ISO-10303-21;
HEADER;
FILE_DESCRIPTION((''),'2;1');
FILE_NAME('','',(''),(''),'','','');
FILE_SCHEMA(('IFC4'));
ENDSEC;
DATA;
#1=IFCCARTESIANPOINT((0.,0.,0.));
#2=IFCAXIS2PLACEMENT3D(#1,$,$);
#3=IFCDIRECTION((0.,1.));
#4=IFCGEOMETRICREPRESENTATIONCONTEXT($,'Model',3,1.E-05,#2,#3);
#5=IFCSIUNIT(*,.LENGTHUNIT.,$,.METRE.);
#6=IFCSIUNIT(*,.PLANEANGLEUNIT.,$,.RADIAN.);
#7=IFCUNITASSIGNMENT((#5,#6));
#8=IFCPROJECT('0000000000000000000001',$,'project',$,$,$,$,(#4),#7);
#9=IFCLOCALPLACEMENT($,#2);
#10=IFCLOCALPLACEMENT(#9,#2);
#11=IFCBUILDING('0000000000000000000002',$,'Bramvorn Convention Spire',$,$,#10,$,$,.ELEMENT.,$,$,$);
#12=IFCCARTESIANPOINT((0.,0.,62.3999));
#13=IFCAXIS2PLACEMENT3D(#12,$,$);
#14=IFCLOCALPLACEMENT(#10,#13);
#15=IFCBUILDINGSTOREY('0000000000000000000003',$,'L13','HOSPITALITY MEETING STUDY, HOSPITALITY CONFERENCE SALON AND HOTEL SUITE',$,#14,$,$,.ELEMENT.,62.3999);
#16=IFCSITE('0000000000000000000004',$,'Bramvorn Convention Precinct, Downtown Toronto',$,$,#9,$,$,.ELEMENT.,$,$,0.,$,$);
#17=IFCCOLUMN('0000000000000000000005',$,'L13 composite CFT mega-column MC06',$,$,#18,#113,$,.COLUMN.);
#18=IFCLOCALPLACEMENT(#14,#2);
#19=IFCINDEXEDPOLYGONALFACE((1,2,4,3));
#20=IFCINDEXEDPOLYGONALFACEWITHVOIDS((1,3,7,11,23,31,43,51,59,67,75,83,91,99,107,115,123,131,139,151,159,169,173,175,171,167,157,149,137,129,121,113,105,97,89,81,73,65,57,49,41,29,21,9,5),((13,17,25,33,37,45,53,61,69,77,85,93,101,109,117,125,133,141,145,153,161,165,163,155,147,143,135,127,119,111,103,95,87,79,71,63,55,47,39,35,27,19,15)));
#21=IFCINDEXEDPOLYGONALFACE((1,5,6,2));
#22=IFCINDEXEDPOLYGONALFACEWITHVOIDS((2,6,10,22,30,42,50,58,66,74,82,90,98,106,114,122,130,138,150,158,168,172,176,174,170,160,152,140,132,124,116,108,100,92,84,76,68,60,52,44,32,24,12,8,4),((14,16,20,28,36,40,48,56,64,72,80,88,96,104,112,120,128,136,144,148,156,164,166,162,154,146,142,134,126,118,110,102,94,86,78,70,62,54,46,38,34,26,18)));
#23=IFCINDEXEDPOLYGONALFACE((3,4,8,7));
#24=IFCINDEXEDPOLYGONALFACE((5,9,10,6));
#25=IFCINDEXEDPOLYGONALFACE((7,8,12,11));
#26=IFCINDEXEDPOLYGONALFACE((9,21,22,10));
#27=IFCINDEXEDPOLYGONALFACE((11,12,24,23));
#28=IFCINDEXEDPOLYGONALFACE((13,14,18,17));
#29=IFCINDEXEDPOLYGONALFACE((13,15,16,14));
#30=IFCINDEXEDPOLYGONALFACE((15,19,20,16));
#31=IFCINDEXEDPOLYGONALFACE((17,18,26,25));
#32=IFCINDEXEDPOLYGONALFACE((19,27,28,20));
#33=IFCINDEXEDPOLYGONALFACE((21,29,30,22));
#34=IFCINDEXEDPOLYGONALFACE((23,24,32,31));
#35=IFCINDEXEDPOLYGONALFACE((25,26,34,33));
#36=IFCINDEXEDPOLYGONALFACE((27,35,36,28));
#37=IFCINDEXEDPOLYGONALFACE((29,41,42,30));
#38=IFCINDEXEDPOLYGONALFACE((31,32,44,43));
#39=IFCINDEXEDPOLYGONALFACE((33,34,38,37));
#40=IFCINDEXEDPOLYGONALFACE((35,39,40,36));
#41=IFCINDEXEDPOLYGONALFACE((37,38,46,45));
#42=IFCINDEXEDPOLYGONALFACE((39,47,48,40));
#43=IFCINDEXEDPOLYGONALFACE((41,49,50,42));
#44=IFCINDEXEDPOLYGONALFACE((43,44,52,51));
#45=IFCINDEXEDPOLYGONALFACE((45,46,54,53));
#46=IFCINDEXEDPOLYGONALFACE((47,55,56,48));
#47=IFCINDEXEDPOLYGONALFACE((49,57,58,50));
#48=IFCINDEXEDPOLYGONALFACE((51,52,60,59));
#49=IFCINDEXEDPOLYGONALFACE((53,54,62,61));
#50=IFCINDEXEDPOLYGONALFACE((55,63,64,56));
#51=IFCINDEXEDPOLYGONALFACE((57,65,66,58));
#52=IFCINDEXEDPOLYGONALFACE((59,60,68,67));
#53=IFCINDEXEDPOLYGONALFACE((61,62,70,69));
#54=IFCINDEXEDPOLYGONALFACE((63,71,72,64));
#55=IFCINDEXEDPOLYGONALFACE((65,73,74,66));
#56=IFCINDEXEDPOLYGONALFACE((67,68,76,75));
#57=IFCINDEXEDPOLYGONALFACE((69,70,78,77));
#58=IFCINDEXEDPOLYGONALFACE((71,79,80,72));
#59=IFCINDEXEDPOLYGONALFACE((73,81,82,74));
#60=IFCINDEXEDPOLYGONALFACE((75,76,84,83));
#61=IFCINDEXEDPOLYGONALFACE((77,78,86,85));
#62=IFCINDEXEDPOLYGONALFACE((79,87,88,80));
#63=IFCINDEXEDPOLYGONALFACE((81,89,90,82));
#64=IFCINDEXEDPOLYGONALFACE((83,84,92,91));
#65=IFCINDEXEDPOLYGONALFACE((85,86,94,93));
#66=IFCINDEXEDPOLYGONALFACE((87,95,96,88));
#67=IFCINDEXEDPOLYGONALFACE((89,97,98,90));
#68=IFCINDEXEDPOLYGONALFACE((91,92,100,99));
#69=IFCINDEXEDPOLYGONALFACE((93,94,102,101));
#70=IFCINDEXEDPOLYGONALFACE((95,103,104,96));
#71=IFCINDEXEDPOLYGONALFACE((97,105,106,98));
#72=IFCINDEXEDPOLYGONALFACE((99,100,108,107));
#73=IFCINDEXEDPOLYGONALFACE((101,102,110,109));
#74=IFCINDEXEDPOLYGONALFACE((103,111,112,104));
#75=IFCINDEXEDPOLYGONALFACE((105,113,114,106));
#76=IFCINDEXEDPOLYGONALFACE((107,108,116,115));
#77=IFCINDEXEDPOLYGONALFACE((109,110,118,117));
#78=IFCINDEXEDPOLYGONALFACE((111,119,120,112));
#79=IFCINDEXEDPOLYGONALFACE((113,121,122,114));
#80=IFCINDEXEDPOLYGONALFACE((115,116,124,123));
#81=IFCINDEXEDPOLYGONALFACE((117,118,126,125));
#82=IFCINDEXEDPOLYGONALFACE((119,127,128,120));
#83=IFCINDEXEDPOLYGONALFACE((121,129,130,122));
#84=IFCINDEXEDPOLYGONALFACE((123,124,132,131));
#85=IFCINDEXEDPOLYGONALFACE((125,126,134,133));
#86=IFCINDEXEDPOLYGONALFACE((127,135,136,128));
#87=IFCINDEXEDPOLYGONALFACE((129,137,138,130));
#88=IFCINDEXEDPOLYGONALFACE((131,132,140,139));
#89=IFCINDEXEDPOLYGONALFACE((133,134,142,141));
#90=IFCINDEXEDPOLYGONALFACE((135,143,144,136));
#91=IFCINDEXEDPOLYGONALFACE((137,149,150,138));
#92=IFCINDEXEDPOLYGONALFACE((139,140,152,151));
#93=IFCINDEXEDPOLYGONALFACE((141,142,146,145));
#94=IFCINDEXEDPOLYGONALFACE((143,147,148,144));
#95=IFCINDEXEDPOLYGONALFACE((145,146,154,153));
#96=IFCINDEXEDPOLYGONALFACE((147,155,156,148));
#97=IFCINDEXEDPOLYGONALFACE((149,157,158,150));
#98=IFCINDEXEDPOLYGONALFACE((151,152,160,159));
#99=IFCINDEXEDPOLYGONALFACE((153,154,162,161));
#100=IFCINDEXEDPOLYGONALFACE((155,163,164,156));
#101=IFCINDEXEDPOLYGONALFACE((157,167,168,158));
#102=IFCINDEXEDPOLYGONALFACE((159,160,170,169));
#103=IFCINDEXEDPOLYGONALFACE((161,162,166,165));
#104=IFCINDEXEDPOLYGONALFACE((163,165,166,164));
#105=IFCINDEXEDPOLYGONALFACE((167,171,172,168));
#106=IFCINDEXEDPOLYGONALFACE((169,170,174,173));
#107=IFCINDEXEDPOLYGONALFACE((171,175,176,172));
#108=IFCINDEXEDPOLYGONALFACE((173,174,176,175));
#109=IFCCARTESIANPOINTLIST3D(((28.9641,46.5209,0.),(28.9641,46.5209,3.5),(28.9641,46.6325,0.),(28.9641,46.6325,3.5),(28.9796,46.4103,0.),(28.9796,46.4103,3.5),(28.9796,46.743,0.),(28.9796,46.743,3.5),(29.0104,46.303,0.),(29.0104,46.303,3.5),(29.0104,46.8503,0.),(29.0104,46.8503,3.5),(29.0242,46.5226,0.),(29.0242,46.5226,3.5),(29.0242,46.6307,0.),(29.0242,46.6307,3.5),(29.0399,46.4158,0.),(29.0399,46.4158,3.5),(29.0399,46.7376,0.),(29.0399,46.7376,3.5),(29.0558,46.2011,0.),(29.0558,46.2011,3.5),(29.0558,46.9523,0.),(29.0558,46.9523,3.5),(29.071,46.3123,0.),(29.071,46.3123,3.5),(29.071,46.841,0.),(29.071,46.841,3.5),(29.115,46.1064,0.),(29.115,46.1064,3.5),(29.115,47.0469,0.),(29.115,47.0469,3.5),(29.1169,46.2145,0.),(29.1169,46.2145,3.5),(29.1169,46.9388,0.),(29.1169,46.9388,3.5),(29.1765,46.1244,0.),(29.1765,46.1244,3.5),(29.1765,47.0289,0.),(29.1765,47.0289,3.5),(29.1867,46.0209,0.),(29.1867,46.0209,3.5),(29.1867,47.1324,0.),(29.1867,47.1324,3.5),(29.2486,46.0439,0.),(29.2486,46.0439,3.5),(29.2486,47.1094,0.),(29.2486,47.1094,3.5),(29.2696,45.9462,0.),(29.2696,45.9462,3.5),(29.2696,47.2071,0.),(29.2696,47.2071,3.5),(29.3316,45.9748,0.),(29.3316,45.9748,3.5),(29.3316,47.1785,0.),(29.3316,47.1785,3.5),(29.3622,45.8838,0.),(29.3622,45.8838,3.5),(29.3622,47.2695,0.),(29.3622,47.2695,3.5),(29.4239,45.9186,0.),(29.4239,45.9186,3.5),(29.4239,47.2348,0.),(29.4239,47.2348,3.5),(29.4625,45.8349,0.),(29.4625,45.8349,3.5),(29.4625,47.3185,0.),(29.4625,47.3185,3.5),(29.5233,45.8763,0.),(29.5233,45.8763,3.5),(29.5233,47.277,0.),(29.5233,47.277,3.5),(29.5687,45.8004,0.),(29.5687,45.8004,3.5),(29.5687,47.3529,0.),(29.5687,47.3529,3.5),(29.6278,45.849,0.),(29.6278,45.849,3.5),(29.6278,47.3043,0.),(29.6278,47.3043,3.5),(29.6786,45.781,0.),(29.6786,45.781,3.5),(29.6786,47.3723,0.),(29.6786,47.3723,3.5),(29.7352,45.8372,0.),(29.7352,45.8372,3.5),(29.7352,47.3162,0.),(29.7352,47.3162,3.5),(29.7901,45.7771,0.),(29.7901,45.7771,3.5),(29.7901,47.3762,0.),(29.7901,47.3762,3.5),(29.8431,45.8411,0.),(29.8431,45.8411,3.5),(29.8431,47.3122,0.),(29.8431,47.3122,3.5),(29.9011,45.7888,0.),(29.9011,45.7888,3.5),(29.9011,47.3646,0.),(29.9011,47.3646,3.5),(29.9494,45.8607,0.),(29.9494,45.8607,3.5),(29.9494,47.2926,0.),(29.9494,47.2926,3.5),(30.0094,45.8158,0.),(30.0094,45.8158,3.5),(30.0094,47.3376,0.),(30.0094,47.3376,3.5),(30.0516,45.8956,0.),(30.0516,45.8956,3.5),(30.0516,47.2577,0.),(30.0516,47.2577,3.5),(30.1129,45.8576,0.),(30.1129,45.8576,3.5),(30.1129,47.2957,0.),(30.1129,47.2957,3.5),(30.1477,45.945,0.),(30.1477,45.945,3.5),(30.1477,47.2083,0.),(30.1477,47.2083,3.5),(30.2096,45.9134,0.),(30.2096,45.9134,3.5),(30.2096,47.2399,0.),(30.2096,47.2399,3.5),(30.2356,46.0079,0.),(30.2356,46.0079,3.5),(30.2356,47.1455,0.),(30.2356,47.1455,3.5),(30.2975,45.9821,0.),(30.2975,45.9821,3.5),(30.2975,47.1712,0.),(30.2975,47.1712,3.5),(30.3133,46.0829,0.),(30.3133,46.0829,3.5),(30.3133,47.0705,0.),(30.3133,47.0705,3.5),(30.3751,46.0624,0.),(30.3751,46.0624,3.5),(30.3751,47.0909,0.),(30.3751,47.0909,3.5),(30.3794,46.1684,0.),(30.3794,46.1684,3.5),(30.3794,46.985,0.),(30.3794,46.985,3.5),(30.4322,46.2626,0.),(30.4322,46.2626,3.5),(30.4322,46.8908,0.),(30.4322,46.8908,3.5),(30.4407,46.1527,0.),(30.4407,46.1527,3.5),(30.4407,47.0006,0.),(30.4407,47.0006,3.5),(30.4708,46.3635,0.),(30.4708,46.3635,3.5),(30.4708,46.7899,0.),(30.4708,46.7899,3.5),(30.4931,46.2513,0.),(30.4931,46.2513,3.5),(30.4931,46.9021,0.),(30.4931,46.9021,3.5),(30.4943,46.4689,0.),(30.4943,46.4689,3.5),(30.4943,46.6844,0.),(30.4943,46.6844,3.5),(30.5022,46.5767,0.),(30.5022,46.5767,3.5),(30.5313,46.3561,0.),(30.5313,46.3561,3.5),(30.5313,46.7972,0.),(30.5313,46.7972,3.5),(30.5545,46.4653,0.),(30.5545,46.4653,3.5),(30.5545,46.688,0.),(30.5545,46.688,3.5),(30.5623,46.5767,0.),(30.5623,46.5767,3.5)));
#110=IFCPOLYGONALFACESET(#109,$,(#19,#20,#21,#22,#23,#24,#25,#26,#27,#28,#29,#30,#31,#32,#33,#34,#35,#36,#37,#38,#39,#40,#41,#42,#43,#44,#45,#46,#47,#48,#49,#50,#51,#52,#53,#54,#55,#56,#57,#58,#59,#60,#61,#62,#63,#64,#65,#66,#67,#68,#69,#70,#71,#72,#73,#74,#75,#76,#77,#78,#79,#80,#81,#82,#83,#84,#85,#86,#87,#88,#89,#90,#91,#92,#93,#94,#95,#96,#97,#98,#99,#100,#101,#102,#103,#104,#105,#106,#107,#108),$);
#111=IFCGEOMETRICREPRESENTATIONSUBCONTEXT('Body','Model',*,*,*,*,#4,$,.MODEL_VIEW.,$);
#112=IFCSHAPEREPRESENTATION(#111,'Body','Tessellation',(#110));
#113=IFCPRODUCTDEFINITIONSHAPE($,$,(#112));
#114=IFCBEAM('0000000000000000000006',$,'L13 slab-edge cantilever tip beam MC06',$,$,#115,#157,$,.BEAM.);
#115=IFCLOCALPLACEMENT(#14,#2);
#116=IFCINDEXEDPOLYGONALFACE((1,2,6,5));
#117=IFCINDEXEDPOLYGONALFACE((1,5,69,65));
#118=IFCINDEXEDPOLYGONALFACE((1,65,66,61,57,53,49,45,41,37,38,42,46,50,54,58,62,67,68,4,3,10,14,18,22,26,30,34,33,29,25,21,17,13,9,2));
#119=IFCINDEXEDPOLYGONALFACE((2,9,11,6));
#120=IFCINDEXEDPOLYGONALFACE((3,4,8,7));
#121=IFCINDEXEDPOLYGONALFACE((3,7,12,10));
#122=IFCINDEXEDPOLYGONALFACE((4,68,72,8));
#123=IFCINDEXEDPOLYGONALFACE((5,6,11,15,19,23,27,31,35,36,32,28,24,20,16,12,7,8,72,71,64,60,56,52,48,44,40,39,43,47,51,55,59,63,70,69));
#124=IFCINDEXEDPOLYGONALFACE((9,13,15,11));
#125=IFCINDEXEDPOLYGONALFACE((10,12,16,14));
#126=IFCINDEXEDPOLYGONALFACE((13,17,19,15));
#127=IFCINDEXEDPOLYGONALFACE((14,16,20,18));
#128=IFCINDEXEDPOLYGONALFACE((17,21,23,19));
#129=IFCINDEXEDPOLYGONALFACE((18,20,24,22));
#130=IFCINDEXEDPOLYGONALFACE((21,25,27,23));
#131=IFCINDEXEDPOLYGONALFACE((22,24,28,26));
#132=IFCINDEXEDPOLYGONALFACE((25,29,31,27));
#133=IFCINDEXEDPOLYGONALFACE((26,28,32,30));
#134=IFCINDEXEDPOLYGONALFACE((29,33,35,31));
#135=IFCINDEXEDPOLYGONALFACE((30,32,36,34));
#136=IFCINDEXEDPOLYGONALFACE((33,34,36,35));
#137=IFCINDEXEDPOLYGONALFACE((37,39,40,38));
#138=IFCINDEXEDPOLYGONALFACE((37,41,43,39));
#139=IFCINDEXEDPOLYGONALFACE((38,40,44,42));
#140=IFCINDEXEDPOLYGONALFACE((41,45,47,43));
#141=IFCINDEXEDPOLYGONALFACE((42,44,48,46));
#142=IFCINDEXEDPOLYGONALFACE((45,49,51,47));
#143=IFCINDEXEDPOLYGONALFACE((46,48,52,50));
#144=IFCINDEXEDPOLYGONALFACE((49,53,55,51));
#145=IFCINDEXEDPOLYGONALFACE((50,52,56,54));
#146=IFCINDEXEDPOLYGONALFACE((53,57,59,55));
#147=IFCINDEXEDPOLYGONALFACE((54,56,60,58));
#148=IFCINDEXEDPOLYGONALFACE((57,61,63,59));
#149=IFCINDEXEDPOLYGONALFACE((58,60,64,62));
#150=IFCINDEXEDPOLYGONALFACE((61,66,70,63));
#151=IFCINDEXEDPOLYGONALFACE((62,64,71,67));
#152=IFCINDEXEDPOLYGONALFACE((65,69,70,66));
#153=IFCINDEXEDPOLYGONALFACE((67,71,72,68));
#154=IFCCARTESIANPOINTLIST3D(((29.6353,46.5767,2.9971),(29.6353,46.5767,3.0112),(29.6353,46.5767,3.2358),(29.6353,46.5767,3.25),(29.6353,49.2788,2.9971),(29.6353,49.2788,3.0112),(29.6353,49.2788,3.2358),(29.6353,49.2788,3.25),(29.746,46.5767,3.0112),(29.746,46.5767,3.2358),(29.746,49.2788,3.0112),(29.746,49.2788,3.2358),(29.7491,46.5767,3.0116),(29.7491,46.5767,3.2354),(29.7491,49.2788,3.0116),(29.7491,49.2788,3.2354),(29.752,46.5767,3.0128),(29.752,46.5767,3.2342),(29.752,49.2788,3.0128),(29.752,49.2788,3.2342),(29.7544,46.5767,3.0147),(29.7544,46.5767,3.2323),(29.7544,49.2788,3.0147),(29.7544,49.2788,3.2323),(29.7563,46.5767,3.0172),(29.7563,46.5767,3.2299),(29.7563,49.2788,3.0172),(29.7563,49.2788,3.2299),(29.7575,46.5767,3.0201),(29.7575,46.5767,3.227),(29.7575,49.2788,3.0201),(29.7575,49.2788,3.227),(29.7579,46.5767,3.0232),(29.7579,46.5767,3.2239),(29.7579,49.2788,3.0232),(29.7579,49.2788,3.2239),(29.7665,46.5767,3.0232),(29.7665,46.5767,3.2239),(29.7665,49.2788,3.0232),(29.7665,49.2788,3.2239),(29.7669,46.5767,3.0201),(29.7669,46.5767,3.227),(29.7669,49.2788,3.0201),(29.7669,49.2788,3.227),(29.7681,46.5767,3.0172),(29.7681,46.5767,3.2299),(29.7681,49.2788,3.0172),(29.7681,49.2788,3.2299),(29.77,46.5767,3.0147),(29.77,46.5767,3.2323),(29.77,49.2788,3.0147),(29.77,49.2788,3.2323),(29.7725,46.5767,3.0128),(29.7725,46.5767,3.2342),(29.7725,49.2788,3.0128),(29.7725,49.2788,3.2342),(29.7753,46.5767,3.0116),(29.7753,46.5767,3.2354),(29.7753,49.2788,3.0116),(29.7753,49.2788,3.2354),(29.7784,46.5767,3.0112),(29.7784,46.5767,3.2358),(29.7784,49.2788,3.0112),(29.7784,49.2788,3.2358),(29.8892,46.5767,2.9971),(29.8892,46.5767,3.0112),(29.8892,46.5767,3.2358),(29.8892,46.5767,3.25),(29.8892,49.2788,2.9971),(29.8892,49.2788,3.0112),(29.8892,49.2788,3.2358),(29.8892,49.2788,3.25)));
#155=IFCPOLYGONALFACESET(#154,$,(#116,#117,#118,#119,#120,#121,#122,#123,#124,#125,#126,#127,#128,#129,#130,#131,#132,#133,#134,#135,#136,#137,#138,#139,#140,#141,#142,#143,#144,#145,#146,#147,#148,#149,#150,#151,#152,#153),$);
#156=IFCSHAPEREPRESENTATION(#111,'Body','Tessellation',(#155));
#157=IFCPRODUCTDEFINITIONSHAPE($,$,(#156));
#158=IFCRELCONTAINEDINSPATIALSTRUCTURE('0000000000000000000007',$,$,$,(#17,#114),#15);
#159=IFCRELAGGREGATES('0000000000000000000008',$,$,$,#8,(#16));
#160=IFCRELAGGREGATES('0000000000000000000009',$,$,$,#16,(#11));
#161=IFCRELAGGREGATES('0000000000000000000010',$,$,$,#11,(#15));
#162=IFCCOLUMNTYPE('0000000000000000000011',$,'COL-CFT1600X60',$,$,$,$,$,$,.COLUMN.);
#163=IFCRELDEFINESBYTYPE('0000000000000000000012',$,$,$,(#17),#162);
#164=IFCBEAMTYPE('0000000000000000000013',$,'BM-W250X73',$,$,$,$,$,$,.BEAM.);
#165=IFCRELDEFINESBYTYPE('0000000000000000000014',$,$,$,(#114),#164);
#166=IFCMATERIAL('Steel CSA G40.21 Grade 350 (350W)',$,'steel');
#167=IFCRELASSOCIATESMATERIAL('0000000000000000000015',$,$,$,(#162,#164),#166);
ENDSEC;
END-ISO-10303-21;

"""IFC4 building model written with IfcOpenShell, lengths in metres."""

from ifc_helpers import new_model, si_unit, direction, frame, origin, origin_2d, place, context, subcontext, project, spatial, hollow_circle, i_section, extrude, material, material_profile, profile_set, type_object, element, save


model = new_model("IFC4")

# Units and contexts
model_context = context("Model", 3, precision=1e-05, world=origin(), true_north=direction((0.0, 1.0)))
body_context = subcontext(model_context, "Body", "Model", "MODEL_VIEW")
ifc_project = project(units=[si_unit("LENGTHUNIT", "METRE"), si_unit("PLANEANGLEUNIT", "RADIAN")], contexts=[model_context])

# Site, building, storey
site_placement = place(None, origin())
site = spatial("IfcSite", under=ifc_project, at=site_placement, Name="Bramvorn Convention Precinct, Downtown Toronto", CompositionType="ELEMENT", RefElevation=0.0)
building_placement = place(site_placement, origin())
building = spatial("IfcBuilding", under=site, at=building_placement, Name="Bramvorn Convention Spire", CompositionType="ELEMENT")
storey_placement = place(building_placement, frame((0.0, 0.0, 62.3999)))
storey = spatial("IfcBuildingStorey", under=building, at=storey_placement, Name="L13", Description="HOSPITALITY MEETING STUDY, HOSPITALITY CONFERENCE SALON AND HOTEL SUITE", CompositionType="ELEMENT", Elevation=62.3999)

# Column
ifc_material_1 = material(Name="Steel CSA G40.21 Grade 350 (350W)", Category="steel")
ifc_material_profile_1 = material_profile(ifc_material_1, hollow_circle(Radius=0.8, WallThickness=0.0601, at=origin_2d()))
ifc_profile_set_1 = profile_set([ifc_material_profile_1], Name="Steel CSA G40.21 Grade 350 (350W) - CFT1600X60")
column_type = type_object("IfcColumnType", Name="COL-CFT1600X60", PredefinedType="COLUMN", material=ifc_profile_set_1)
column_placement = place(storey_placement, frame((29.7622, 46.5767, 0.0), z_axis=(0.0, 0.0, 1.0), x_axis=(1.0, 0.0, 0.0)))
element("IfcColumn", 1, at=column_placement, inside=storey, type_object=column_type, Name="L13 composite CFT mega-column MC06", PredefinedType="COLUMN", context=body_context, shape_type="SweptSolid", body=[
    extrude(hollow_circle(Radius=0.8, WallThickness=0.0601, at=origin_2d()), origin(), (0.0, 0.0, 1.0), 3.5),
])

# Beam
ifc_material_profile_2 = material_profile(ifc_material_1, i_section(OverallWidth=0.2539, OverallDepth=0.2529, WebThickness=0.0085, FlangeThickness=0.0142, FilletRadius=0.012, at=origin_2d()))
ifc_profile_set_2 = profile_set([ifc_material_profile_2], Name="Steel CSA G40.21 Grade 350 (350W) - W250X73")
beam_type_1 = type_object("IfcBeamType", Name="BM-W250X73", PredefinedType="BEAM", material=ifc_profile_set_2)
beam_1_placement = place(storey_placement, frame((29.7622, 46.5767, 3.1235), z_axis=(0.0, 1.0, 0.0), x_axis=(-1.0, 0.0, 0.0)))
element("IfcBeam", 2, at=beam_1_placement, inside=storey, type_object=beam_type_1, Name="L13 slab-edge cantilever tip beam MC06", PredefinedType="BEAM", context=body_context, shape_type="SweptSolid", body=[
    extrude(i_section(OverallWidth=0.2539, OverallDepth=0.2529, WebThickness=0.0085, FlangeThickness=0.0142, FilletRadius=0.012, at=origin_2d()), origin(), (0.0, 0.0, 1.0), 2.7021),
])

save(model, "model.ifc")
